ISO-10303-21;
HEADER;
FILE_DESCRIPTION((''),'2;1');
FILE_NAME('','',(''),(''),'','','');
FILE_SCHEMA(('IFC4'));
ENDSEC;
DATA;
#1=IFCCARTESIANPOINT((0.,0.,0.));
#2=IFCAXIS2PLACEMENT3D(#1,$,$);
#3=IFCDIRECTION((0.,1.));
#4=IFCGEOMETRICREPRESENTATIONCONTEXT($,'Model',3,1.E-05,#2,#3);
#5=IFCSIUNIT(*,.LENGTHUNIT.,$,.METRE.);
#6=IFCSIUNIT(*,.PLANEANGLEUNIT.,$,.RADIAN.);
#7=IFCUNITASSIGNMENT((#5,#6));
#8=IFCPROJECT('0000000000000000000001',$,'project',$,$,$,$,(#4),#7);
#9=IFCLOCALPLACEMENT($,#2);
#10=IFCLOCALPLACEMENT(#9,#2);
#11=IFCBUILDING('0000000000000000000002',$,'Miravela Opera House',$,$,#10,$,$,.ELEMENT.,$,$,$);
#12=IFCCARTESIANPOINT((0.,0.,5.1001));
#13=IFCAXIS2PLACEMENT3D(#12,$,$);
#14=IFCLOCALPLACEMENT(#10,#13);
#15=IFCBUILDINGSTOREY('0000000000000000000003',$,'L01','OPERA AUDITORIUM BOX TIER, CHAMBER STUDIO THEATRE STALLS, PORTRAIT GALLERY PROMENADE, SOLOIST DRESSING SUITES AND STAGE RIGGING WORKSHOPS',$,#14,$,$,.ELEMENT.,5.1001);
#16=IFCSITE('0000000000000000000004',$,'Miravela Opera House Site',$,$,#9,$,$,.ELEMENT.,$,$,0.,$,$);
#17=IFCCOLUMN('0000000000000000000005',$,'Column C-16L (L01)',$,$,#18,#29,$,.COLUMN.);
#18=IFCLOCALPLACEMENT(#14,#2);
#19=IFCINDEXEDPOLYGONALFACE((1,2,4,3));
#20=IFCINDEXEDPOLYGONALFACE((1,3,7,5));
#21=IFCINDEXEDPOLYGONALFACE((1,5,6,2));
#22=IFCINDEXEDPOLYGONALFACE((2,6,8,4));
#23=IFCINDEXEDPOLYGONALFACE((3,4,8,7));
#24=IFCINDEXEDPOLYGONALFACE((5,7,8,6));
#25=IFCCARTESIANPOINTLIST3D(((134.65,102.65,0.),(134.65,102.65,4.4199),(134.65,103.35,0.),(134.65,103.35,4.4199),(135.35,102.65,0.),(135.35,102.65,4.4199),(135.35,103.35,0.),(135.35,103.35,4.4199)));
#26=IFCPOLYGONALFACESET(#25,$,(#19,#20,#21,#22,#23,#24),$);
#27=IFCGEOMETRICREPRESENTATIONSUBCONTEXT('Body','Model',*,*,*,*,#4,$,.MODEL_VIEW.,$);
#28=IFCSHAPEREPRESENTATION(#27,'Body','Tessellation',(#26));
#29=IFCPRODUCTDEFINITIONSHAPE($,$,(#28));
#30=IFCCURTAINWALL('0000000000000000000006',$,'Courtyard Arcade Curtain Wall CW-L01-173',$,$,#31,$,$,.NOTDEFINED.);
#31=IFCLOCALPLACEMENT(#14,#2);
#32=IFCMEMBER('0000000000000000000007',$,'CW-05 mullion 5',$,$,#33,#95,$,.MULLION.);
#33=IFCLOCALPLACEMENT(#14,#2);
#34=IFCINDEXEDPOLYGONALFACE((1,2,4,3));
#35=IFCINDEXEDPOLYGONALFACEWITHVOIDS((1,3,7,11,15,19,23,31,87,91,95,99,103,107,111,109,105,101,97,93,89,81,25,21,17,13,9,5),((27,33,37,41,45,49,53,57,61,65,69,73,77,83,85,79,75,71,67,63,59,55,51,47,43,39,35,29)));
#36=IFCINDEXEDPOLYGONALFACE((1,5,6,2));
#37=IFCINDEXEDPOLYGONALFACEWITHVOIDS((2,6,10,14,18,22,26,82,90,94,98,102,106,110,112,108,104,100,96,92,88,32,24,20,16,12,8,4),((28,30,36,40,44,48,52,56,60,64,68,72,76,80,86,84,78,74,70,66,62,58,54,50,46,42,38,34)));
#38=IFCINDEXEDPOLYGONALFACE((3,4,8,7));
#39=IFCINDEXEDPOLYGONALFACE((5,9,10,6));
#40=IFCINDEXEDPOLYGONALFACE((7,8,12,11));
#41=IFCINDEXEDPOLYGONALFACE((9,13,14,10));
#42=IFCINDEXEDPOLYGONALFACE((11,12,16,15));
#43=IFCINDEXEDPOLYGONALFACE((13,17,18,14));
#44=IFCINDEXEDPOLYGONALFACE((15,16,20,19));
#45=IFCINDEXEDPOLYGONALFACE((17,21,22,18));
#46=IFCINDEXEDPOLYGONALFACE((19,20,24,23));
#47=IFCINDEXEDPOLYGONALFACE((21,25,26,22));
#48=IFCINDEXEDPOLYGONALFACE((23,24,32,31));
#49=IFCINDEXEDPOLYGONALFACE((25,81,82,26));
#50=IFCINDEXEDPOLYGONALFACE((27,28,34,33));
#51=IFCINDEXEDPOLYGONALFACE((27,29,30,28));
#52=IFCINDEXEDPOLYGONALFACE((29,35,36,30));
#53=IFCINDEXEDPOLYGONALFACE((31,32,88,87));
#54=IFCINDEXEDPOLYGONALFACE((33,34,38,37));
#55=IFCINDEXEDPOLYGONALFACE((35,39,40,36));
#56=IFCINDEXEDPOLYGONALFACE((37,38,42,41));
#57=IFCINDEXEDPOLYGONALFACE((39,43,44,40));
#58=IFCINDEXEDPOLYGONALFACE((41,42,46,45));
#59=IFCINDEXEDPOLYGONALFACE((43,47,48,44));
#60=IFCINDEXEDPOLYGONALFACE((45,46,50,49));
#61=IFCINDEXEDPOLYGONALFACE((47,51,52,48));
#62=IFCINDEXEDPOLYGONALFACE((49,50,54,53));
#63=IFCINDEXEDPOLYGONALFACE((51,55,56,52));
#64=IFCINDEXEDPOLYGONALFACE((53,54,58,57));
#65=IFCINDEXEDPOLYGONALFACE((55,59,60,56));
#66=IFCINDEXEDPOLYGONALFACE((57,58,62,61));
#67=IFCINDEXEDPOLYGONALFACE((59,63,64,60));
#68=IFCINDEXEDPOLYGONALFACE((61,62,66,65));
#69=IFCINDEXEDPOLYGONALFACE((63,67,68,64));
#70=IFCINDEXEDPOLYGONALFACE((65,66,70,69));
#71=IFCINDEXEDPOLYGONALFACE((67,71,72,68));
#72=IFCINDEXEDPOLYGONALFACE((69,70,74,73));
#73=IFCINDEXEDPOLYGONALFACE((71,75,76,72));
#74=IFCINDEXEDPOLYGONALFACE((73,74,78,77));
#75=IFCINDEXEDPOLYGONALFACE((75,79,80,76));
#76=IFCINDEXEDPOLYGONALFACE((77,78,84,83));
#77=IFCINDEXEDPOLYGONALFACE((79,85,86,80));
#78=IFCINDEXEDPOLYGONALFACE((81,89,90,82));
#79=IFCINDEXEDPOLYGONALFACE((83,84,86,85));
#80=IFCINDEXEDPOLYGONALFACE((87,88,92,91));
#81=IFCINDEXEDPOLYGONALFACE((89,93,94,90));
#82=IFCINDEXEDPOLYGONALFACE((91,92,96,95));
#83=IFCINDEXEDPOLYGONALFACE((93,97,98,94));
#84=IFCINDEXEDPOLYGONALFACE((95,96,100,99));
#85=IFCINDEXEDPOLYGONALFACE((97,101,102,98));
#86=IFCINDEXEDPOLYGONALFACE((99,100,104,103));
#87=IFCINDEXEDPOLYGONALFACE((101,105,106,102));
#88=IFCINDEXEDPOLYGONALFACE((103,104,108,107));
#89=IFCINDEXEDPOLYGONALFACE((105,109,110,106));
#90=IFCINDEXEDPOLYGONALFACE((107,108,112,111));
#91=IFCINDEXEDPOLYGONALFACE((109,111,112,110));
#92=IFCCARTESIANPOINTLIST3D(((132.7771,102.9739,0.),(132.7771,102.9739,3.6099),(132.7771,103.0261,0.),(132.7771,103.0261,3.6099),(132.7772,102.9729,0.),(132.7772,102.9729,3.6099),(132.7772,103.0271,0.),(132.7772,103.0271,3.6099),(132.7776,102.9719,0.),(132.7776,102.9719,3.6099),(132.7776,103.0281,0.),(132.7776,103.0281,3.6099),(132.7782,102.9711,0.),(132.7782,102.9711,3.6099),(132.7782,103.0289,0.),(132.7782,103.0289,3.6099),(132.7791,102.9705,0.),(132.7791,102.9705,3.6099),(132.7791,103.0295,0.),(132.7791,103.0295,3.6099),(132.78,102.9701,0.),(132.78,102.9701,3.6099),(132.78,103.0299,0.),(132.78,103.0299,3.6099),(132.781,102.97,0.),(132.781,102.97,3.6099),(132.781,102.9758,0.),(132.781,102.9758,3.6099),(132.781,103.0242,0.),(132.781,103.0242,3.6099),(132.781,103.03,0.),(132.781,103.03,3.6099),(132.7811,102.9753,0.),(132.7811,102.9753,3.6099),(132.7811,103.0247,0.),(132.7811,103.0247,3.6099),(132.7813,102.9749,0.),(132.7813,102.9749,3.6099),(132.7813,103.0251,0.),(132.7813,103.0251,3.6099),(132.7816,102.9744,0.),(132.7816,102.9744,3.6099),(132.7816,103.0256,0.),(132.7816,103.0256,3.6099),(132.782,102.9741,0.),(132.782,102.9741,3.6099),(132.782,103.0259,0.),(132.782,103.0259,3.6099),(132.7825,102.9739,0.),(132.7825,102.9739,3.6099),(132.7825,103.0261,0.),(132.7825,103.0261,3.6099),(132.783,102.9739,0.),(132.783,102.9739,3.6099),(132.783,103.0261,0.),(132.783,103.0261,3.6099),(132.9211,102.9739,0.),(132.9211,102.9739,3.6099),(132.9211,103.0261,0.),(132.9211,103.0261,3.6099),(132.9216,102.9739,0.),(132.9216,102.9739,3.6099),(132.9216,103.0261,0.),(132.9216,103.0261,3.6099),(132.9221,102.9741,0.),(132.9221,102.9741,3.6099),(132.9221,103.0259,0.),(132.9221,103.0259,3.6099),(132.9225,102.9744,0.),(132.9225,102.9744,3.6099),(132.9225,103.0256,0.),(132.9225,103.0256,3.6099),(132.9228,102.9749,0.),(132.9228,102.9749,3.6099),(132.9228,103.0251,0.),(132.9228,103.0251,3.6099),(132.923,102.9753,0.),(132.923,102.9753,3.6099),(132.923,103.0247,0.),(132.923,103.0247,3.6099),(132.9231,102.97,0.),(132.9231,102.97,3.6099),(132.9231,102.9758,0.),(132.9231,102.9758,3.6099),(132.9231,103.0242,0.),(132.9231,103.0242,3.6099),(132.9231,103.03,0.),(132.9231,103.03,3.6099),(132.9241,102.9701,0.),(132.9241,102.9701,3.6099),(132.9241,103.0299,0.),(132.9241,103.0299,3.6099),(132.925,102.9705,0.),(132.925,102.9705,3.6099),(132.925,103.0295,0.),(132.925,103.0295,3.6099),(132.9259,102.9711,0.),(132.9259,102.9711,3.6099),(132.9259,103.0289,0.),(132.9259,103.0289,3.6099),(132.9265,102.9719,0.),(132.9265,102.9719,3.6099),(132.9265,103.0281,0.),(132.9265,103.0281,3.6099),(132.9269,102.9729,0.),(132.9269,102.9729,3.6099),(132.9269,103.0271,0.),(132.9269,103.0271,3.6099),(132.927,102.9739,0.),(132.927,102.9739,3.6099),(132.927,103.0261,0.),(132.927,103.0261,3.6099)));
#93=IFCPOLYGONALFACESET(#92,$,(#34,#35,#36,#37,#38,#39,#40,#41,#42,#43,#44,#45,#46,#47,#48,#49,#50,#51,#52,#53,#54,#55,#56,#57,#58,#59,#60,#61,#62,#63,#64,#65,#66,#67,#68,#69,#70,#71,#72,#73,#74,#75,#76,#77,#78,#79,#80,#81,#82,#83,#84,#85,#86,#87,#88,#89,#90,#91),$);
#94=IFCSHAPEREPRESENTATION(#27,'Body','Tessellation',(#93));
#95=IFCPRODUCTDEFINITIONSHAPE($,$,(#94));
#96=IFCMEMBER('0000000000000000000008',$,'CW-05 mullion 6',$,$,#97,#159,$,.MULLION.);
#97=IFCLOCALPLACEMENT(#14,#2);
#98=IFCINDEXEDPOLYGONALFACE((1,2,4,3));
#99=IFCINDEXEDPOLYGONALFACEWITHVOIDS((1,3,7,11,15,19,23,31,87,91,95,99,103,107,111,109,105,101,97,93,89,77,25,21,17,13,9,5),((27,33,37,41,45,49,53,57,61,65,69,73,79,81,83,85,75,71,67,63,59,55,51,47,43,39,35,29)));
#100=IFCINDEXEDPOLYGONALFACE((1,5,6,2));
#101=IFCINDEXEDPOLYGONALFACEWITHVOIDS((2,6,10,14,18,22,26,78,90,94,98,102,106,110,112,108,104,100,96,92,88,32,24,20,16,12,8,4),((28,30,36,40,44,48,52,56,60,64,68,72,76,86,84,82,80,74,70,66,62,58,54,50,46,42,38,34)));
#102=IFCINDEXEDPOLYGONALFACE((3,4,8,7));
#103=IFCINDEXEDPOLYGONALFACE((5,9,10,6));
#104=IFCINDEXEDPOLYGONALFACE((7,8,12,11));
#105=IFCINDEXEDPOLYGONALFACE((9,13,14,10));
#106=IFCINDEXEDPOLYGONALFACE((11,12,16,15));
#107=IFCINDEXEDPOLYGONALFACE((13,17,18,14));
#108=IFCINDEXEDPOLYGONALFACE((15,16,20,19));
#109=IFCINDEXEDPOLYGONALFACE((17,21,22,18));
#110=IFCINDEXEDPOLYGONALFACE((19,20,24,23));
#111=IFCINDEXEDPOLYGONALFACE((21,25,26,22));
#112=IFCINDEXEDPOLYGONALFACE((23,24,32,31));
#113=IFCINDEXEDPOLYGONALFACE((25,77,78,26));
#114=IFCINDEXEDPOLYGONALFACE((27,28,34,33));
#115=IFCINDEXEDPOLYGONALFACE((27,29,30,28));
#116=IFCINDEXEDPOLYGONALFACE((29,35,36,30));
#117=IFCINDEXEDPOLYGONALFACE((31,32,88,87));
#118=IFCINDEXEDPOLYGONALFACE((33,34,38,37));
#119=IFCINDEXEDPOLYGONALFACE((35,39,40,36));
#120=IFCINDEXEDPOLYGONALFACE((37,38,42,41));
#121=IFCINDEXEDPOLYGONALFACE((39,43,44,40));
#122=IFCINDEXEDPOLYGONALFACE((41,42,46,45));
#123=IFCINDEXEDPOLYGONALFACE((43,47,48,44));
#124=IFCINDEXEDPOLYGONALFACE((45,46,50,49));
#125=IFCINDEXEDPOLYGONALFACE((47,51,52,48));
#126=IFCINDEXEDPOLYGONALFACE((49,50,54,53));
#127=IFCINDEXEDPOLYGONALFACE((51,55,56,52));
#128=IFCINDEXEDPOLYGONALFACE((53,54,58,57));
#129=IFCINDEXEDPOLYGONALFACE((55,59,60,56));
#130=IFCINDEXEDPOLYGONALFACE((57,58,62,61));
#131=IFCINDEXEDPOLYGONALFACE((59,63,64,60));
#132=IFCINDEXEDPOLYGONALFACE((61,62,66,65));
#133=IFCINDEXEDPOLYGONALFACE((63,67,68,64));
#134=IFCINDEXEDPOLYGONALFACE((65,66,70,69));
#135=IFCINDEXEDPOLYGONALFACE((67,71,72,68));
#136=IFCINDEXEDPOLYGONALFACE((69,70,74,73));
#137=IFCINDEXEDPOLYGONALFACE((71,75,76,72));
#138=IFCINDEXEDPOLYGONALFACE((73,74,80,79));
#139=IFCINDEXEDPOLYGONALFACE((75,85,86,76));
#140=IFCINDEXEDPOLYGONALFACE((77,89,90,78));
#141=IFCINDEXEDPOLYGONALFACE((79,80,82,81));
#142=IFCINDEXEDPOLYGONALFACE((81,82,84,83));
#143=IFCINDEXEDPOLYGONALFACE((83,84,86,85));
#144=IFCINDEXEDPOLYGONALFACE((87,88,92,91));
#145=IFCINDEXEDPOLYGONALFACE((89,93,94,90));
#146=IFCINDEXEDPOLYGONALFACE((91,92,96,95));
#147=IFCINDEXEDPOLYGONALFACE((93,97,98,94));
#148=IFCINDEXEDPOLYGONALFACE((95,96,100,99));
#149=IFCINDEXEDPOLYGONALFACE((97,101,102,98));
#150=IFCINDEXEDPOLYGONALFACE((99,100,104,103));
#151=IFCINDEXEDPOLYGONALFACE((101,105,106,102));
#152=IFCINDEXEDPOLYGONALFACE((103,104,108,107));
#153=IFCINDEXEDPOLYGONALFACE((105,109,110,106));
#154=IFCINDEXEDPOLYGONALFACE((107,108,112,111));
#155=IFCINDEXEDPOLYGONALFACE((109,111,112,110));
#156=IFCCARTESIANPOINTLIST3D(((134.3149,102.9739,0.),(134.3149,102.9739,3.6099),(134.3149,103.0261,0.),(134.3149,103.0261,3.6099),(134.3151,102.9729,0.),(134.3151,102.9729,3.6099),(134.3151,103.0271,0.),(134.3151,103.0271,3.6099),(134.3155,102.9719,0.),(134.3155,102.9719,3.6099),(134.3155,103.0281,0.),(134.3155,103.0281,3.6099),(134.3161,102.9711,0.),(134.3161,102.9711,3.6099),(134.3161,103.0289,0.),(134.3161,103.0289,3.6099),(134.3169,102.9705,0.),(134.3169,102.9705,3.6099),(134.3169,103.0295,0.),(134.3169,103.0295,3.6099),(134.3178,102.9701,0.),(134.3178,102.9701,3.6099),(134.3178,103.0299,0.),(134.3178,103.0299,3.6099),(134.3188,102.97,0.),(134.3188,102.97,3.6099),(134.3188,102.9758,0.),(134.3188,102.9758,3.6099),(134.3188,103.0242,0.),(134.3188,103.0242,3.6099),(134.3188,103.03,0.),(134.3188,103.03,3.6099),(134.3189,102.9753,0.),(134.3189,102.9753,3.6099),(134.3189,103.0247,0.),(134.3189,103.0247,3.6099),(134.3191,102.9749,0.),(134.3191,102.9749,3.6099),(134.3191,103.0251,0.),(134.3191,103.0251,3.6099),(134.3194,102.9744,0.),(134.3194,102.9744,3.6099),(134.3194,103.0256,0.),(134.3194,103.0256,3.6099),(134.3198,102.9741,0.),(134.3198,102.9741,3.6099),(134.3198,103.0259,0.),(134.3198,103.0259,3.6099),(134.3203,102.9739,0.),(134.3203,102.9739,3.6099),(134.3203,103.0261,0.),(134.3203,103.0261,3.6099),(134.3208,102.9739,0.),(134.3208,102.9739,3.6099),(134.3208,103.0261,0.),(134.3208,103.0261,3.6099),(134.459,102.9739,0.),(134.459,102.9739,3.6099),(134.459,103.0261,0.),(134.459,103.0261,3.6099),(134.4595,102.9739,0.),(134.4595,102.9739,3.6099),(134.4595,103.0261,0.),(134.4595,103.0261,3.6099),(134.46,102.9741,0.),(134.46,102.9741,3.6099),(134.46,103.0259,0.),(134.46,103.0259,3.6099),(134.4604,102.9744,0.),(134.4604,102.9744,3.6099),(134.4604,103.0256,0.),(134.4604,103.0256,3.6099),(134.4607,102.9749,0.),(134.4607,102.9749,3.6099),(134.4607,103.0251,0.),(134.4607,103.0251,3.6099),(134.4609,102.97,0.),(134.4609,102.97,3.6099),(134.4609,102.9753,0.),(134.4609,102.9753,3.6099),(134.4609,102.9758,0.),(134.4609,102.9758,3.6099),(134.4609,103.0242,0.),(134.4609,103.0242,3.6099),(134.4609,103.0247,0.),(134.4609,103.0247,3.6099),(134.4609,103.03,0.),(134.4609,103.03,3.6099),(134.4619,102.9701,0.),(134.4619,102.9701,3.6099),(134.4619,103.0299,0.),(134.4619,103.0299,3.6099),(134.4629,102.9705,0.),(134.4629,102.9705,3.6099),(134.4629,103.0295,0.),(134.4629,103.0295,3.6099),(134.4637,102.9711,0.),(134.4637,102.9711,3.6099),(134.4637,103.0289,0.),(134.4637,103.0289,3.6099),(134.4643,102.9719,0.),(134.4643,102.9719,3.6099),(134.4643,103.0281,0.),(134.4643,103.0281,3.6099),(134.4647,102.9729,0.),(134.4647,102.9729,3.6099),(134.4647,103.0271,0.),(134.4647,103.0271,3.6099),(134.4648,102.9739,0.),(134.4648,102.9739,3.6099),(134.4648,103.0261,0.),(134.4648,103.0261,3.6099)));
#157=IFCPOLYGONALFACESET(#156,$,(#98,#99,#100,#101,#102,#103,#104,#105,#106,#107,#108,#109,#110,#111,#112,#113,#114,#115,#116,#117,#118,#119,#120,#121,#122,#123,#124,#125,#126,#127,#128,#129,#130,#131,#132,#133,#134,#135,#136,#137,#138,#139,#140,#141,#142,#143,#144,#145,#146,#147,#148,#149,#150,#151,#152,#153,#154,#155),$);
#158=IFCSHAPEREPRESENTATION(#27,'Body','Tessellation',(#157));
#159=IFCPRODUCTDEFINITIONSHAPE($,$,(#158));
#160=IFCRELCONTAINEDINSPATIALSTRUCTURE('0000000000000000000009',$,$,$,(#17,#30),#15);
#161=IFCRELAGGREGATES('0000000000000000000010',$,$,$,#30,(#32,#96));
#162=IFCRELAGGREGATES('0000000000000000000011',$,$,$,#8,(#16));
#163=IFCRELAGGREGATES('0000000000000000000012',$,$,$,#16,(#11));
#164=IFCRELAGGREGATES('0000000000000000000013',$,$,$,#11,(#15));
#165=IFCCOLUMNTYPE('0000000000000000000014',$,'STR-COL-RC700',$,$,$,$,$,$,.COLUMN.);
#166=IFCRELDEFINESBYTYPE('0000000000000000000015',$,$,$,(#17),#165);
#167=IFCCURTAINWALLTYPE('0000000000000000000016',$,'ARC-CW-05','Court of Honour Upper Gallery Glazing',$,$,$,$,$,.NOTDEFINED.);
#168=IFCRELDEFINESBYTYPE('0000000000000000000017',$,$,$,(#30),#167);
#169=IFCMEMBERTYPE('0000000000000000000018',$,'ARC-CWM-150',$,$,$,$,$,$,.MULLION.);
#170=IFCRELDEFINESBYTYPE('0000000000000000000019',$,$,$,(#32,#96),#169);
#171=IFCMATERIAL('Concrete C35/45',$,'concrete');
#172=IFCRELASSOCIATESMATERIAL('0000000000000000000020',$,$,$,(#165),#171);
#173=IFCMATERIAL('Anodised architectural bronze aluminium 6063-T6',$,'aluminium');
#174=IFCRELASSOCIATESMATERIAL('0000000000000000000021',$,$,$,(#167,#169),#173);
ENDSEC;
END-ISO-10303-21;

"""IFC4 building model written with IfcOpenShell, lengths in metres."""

from ifc_helpers import new_model, si_unit, direction, frame, origin, origin_2d, place, context, subcontext, project, spatial, rectangle, hollow_rectangle, extrude, material, material_profile, profile_set, type_object, element, aggregate, save


model = new_model("IFC4")

# Units and contexts
model_context = context("Model", 3, precision=1e-05, world=origin(), true_north=direction((0.0, 1.0)))
body_context = subcontext(model_context, "Body", "Model", "MODEL_VIEW")
ifc_project = project(units=[si_unit("LENGTHUNIT", "METRE"), si_unit("PLANEANGLEUNIT", "RADIAN")], contexts=[model_context])

# Site, building, storey
site_placement = place(None, origin())
site = spatial("IfcSite", under=ifc_project, at=site_placement, Name="Miravela Opera House Site", CompositionType="ELEMENT", RefElevation=0.0)
building_placement = place(site_placement, origin())
building = spatial("IfcBuilding", under=site, at=building_placement, Name="Miravela Opera House", CompositionType="ELEMENT")
storey_placement = place(building_placement, frame((0.0, 0.0, 5.1001)))
storey = spatial("IfcBuildingStorey", under=building, at=storey_placement, Name="L01", Description="OPERA AUDITORIUM BOX TIER, CHAMBER STUDIO THEATRE STALLS, PORTRAIT GALLERY PROMENADE, SOLOIST DRESSING SUITES AND STAGE RIGGING WORKSHOPS", CompositionType="ELEMENT", Elevation=5.1001)

# Column
ifc_material_1 = material(Name="Concrete C35/45", Category="concrete")
ifc_material_profile_1 = material_profile(ifc_material_1, rectangle(XDim=0.7, YDim=0.7, at=origin_2d()), Name="RC-COL-700X700")
ifc_profile_set_1 = profile_set([ifc_material_profile_1])
column_type = type_object("IfcColumnType", Name="STR-COL-RC700", PredefinedType="COLUMN", material=ifc_profile_set_1)
column_placement = place(storey_placement, frame((135.0, 103.0, 0.0), z_axis=(0.0, 0.0, 1.0), x_axis=(1.0, 0.0, 0.0)))
element("IfcColumn", 1, at=column_placement, inside=storey, type_object=column_type, Name="Column C-16L (L01)", PredefinedType="COLUMN", context=body_context, shape_type="SweptSolid", body=[
    extrude(rectangle(XDim=0.7, YDim=0.7, at=origin_2d()), origin(), (0.0, 0.0, 1.0), 4.4199),
])

# Curtain wall, members
ifc_material_2 = material(Name="Anodised architectural bronze aluminium 6063-T6", Category="aluminium")
curtain_wall_type = type_object("IfcCurtainWallType", Name="ARC-CW-05", Description="Court of Honour Upper Gallery Glazing", PredefinedType="NOTDEFINED", material=ifc_material_2)
curtain_wall_1_placement = place(storey_placement, origin())
curtain_wall_1 = element("IfcCurtainWall", 2, at=curtain_wall_1_placement, inside=storey, type_object=curtain_wall_type, Name="Courtyard Arcade Curtain Wall CW-L01-173", PredefinedType="NOTDEFINED")
ifc_material_profile_2 = material_profile(ifc_material_2, hollow_rectangle(XDim=0.0601, YDim=0.1499, WallThickness=0.0039, InnerFilletRadius=0.002, OuterFilletRadius=0.0039, at=origin_2d()), Name="CWM-60X150")
ifc_profile_set_2 = profile_set([ifc_material_profile_2])
member_type_1 = type_object("IfcMemberType", Name="ARC-CWM-150", PredefinedType="MULLION", material=ifc_profile_set_2)
member_1_placement = place(storey_placement, frame((132.8521, 103.0, 0.0), z_axis=(0.0, 0.0, 1.0), x_axis=(0.0, 1.0, 0.0)))
member_1 = element("IfcMember", 3, at=member_1_placement, type_object=member_type_1, Name="CW-05 mullion 5", PredefinedType="MULLION", context=body_context, shape_type="SweptSolid", body=[
    extrude(hollow_rectangle(XDim=0.0601, YDim=0.1499, WallThickness=0.0039, InnerFilletRadius=0.002, OuterFilletRadius=0.0039, at=origin_2d()), origin(), (0.0, 0.0, 1.0), 3.6099),
])
member_2_placement = place(storey_placement, frame((134.3899, 103.0, 0.0), z_axis=(0.0, 0.0, 1.0), x_axis=(0.0, 1.0, 0.0)))
member_2 = element("IfcMember", 4, at=member_2_placement, type_object=member_type_1, Name="CW-05 mullion 6", PredefinedType="MULLION", context=body_context, shape_type="SweptSolid", body=[
    extrude(hollow_rectangle(XDim=0.0601, YDim=0.1499, WallThickness=0.0039, InnerFilletRadius=0.002, OuterFilletRadius=0.0039, at=origin_2d()), origin(), (0.0, 0.0, 1.0), 3.6099),
])

aggregate(curtain_wall_1, [member_1, member_2])

save(model, "model.ifc")
